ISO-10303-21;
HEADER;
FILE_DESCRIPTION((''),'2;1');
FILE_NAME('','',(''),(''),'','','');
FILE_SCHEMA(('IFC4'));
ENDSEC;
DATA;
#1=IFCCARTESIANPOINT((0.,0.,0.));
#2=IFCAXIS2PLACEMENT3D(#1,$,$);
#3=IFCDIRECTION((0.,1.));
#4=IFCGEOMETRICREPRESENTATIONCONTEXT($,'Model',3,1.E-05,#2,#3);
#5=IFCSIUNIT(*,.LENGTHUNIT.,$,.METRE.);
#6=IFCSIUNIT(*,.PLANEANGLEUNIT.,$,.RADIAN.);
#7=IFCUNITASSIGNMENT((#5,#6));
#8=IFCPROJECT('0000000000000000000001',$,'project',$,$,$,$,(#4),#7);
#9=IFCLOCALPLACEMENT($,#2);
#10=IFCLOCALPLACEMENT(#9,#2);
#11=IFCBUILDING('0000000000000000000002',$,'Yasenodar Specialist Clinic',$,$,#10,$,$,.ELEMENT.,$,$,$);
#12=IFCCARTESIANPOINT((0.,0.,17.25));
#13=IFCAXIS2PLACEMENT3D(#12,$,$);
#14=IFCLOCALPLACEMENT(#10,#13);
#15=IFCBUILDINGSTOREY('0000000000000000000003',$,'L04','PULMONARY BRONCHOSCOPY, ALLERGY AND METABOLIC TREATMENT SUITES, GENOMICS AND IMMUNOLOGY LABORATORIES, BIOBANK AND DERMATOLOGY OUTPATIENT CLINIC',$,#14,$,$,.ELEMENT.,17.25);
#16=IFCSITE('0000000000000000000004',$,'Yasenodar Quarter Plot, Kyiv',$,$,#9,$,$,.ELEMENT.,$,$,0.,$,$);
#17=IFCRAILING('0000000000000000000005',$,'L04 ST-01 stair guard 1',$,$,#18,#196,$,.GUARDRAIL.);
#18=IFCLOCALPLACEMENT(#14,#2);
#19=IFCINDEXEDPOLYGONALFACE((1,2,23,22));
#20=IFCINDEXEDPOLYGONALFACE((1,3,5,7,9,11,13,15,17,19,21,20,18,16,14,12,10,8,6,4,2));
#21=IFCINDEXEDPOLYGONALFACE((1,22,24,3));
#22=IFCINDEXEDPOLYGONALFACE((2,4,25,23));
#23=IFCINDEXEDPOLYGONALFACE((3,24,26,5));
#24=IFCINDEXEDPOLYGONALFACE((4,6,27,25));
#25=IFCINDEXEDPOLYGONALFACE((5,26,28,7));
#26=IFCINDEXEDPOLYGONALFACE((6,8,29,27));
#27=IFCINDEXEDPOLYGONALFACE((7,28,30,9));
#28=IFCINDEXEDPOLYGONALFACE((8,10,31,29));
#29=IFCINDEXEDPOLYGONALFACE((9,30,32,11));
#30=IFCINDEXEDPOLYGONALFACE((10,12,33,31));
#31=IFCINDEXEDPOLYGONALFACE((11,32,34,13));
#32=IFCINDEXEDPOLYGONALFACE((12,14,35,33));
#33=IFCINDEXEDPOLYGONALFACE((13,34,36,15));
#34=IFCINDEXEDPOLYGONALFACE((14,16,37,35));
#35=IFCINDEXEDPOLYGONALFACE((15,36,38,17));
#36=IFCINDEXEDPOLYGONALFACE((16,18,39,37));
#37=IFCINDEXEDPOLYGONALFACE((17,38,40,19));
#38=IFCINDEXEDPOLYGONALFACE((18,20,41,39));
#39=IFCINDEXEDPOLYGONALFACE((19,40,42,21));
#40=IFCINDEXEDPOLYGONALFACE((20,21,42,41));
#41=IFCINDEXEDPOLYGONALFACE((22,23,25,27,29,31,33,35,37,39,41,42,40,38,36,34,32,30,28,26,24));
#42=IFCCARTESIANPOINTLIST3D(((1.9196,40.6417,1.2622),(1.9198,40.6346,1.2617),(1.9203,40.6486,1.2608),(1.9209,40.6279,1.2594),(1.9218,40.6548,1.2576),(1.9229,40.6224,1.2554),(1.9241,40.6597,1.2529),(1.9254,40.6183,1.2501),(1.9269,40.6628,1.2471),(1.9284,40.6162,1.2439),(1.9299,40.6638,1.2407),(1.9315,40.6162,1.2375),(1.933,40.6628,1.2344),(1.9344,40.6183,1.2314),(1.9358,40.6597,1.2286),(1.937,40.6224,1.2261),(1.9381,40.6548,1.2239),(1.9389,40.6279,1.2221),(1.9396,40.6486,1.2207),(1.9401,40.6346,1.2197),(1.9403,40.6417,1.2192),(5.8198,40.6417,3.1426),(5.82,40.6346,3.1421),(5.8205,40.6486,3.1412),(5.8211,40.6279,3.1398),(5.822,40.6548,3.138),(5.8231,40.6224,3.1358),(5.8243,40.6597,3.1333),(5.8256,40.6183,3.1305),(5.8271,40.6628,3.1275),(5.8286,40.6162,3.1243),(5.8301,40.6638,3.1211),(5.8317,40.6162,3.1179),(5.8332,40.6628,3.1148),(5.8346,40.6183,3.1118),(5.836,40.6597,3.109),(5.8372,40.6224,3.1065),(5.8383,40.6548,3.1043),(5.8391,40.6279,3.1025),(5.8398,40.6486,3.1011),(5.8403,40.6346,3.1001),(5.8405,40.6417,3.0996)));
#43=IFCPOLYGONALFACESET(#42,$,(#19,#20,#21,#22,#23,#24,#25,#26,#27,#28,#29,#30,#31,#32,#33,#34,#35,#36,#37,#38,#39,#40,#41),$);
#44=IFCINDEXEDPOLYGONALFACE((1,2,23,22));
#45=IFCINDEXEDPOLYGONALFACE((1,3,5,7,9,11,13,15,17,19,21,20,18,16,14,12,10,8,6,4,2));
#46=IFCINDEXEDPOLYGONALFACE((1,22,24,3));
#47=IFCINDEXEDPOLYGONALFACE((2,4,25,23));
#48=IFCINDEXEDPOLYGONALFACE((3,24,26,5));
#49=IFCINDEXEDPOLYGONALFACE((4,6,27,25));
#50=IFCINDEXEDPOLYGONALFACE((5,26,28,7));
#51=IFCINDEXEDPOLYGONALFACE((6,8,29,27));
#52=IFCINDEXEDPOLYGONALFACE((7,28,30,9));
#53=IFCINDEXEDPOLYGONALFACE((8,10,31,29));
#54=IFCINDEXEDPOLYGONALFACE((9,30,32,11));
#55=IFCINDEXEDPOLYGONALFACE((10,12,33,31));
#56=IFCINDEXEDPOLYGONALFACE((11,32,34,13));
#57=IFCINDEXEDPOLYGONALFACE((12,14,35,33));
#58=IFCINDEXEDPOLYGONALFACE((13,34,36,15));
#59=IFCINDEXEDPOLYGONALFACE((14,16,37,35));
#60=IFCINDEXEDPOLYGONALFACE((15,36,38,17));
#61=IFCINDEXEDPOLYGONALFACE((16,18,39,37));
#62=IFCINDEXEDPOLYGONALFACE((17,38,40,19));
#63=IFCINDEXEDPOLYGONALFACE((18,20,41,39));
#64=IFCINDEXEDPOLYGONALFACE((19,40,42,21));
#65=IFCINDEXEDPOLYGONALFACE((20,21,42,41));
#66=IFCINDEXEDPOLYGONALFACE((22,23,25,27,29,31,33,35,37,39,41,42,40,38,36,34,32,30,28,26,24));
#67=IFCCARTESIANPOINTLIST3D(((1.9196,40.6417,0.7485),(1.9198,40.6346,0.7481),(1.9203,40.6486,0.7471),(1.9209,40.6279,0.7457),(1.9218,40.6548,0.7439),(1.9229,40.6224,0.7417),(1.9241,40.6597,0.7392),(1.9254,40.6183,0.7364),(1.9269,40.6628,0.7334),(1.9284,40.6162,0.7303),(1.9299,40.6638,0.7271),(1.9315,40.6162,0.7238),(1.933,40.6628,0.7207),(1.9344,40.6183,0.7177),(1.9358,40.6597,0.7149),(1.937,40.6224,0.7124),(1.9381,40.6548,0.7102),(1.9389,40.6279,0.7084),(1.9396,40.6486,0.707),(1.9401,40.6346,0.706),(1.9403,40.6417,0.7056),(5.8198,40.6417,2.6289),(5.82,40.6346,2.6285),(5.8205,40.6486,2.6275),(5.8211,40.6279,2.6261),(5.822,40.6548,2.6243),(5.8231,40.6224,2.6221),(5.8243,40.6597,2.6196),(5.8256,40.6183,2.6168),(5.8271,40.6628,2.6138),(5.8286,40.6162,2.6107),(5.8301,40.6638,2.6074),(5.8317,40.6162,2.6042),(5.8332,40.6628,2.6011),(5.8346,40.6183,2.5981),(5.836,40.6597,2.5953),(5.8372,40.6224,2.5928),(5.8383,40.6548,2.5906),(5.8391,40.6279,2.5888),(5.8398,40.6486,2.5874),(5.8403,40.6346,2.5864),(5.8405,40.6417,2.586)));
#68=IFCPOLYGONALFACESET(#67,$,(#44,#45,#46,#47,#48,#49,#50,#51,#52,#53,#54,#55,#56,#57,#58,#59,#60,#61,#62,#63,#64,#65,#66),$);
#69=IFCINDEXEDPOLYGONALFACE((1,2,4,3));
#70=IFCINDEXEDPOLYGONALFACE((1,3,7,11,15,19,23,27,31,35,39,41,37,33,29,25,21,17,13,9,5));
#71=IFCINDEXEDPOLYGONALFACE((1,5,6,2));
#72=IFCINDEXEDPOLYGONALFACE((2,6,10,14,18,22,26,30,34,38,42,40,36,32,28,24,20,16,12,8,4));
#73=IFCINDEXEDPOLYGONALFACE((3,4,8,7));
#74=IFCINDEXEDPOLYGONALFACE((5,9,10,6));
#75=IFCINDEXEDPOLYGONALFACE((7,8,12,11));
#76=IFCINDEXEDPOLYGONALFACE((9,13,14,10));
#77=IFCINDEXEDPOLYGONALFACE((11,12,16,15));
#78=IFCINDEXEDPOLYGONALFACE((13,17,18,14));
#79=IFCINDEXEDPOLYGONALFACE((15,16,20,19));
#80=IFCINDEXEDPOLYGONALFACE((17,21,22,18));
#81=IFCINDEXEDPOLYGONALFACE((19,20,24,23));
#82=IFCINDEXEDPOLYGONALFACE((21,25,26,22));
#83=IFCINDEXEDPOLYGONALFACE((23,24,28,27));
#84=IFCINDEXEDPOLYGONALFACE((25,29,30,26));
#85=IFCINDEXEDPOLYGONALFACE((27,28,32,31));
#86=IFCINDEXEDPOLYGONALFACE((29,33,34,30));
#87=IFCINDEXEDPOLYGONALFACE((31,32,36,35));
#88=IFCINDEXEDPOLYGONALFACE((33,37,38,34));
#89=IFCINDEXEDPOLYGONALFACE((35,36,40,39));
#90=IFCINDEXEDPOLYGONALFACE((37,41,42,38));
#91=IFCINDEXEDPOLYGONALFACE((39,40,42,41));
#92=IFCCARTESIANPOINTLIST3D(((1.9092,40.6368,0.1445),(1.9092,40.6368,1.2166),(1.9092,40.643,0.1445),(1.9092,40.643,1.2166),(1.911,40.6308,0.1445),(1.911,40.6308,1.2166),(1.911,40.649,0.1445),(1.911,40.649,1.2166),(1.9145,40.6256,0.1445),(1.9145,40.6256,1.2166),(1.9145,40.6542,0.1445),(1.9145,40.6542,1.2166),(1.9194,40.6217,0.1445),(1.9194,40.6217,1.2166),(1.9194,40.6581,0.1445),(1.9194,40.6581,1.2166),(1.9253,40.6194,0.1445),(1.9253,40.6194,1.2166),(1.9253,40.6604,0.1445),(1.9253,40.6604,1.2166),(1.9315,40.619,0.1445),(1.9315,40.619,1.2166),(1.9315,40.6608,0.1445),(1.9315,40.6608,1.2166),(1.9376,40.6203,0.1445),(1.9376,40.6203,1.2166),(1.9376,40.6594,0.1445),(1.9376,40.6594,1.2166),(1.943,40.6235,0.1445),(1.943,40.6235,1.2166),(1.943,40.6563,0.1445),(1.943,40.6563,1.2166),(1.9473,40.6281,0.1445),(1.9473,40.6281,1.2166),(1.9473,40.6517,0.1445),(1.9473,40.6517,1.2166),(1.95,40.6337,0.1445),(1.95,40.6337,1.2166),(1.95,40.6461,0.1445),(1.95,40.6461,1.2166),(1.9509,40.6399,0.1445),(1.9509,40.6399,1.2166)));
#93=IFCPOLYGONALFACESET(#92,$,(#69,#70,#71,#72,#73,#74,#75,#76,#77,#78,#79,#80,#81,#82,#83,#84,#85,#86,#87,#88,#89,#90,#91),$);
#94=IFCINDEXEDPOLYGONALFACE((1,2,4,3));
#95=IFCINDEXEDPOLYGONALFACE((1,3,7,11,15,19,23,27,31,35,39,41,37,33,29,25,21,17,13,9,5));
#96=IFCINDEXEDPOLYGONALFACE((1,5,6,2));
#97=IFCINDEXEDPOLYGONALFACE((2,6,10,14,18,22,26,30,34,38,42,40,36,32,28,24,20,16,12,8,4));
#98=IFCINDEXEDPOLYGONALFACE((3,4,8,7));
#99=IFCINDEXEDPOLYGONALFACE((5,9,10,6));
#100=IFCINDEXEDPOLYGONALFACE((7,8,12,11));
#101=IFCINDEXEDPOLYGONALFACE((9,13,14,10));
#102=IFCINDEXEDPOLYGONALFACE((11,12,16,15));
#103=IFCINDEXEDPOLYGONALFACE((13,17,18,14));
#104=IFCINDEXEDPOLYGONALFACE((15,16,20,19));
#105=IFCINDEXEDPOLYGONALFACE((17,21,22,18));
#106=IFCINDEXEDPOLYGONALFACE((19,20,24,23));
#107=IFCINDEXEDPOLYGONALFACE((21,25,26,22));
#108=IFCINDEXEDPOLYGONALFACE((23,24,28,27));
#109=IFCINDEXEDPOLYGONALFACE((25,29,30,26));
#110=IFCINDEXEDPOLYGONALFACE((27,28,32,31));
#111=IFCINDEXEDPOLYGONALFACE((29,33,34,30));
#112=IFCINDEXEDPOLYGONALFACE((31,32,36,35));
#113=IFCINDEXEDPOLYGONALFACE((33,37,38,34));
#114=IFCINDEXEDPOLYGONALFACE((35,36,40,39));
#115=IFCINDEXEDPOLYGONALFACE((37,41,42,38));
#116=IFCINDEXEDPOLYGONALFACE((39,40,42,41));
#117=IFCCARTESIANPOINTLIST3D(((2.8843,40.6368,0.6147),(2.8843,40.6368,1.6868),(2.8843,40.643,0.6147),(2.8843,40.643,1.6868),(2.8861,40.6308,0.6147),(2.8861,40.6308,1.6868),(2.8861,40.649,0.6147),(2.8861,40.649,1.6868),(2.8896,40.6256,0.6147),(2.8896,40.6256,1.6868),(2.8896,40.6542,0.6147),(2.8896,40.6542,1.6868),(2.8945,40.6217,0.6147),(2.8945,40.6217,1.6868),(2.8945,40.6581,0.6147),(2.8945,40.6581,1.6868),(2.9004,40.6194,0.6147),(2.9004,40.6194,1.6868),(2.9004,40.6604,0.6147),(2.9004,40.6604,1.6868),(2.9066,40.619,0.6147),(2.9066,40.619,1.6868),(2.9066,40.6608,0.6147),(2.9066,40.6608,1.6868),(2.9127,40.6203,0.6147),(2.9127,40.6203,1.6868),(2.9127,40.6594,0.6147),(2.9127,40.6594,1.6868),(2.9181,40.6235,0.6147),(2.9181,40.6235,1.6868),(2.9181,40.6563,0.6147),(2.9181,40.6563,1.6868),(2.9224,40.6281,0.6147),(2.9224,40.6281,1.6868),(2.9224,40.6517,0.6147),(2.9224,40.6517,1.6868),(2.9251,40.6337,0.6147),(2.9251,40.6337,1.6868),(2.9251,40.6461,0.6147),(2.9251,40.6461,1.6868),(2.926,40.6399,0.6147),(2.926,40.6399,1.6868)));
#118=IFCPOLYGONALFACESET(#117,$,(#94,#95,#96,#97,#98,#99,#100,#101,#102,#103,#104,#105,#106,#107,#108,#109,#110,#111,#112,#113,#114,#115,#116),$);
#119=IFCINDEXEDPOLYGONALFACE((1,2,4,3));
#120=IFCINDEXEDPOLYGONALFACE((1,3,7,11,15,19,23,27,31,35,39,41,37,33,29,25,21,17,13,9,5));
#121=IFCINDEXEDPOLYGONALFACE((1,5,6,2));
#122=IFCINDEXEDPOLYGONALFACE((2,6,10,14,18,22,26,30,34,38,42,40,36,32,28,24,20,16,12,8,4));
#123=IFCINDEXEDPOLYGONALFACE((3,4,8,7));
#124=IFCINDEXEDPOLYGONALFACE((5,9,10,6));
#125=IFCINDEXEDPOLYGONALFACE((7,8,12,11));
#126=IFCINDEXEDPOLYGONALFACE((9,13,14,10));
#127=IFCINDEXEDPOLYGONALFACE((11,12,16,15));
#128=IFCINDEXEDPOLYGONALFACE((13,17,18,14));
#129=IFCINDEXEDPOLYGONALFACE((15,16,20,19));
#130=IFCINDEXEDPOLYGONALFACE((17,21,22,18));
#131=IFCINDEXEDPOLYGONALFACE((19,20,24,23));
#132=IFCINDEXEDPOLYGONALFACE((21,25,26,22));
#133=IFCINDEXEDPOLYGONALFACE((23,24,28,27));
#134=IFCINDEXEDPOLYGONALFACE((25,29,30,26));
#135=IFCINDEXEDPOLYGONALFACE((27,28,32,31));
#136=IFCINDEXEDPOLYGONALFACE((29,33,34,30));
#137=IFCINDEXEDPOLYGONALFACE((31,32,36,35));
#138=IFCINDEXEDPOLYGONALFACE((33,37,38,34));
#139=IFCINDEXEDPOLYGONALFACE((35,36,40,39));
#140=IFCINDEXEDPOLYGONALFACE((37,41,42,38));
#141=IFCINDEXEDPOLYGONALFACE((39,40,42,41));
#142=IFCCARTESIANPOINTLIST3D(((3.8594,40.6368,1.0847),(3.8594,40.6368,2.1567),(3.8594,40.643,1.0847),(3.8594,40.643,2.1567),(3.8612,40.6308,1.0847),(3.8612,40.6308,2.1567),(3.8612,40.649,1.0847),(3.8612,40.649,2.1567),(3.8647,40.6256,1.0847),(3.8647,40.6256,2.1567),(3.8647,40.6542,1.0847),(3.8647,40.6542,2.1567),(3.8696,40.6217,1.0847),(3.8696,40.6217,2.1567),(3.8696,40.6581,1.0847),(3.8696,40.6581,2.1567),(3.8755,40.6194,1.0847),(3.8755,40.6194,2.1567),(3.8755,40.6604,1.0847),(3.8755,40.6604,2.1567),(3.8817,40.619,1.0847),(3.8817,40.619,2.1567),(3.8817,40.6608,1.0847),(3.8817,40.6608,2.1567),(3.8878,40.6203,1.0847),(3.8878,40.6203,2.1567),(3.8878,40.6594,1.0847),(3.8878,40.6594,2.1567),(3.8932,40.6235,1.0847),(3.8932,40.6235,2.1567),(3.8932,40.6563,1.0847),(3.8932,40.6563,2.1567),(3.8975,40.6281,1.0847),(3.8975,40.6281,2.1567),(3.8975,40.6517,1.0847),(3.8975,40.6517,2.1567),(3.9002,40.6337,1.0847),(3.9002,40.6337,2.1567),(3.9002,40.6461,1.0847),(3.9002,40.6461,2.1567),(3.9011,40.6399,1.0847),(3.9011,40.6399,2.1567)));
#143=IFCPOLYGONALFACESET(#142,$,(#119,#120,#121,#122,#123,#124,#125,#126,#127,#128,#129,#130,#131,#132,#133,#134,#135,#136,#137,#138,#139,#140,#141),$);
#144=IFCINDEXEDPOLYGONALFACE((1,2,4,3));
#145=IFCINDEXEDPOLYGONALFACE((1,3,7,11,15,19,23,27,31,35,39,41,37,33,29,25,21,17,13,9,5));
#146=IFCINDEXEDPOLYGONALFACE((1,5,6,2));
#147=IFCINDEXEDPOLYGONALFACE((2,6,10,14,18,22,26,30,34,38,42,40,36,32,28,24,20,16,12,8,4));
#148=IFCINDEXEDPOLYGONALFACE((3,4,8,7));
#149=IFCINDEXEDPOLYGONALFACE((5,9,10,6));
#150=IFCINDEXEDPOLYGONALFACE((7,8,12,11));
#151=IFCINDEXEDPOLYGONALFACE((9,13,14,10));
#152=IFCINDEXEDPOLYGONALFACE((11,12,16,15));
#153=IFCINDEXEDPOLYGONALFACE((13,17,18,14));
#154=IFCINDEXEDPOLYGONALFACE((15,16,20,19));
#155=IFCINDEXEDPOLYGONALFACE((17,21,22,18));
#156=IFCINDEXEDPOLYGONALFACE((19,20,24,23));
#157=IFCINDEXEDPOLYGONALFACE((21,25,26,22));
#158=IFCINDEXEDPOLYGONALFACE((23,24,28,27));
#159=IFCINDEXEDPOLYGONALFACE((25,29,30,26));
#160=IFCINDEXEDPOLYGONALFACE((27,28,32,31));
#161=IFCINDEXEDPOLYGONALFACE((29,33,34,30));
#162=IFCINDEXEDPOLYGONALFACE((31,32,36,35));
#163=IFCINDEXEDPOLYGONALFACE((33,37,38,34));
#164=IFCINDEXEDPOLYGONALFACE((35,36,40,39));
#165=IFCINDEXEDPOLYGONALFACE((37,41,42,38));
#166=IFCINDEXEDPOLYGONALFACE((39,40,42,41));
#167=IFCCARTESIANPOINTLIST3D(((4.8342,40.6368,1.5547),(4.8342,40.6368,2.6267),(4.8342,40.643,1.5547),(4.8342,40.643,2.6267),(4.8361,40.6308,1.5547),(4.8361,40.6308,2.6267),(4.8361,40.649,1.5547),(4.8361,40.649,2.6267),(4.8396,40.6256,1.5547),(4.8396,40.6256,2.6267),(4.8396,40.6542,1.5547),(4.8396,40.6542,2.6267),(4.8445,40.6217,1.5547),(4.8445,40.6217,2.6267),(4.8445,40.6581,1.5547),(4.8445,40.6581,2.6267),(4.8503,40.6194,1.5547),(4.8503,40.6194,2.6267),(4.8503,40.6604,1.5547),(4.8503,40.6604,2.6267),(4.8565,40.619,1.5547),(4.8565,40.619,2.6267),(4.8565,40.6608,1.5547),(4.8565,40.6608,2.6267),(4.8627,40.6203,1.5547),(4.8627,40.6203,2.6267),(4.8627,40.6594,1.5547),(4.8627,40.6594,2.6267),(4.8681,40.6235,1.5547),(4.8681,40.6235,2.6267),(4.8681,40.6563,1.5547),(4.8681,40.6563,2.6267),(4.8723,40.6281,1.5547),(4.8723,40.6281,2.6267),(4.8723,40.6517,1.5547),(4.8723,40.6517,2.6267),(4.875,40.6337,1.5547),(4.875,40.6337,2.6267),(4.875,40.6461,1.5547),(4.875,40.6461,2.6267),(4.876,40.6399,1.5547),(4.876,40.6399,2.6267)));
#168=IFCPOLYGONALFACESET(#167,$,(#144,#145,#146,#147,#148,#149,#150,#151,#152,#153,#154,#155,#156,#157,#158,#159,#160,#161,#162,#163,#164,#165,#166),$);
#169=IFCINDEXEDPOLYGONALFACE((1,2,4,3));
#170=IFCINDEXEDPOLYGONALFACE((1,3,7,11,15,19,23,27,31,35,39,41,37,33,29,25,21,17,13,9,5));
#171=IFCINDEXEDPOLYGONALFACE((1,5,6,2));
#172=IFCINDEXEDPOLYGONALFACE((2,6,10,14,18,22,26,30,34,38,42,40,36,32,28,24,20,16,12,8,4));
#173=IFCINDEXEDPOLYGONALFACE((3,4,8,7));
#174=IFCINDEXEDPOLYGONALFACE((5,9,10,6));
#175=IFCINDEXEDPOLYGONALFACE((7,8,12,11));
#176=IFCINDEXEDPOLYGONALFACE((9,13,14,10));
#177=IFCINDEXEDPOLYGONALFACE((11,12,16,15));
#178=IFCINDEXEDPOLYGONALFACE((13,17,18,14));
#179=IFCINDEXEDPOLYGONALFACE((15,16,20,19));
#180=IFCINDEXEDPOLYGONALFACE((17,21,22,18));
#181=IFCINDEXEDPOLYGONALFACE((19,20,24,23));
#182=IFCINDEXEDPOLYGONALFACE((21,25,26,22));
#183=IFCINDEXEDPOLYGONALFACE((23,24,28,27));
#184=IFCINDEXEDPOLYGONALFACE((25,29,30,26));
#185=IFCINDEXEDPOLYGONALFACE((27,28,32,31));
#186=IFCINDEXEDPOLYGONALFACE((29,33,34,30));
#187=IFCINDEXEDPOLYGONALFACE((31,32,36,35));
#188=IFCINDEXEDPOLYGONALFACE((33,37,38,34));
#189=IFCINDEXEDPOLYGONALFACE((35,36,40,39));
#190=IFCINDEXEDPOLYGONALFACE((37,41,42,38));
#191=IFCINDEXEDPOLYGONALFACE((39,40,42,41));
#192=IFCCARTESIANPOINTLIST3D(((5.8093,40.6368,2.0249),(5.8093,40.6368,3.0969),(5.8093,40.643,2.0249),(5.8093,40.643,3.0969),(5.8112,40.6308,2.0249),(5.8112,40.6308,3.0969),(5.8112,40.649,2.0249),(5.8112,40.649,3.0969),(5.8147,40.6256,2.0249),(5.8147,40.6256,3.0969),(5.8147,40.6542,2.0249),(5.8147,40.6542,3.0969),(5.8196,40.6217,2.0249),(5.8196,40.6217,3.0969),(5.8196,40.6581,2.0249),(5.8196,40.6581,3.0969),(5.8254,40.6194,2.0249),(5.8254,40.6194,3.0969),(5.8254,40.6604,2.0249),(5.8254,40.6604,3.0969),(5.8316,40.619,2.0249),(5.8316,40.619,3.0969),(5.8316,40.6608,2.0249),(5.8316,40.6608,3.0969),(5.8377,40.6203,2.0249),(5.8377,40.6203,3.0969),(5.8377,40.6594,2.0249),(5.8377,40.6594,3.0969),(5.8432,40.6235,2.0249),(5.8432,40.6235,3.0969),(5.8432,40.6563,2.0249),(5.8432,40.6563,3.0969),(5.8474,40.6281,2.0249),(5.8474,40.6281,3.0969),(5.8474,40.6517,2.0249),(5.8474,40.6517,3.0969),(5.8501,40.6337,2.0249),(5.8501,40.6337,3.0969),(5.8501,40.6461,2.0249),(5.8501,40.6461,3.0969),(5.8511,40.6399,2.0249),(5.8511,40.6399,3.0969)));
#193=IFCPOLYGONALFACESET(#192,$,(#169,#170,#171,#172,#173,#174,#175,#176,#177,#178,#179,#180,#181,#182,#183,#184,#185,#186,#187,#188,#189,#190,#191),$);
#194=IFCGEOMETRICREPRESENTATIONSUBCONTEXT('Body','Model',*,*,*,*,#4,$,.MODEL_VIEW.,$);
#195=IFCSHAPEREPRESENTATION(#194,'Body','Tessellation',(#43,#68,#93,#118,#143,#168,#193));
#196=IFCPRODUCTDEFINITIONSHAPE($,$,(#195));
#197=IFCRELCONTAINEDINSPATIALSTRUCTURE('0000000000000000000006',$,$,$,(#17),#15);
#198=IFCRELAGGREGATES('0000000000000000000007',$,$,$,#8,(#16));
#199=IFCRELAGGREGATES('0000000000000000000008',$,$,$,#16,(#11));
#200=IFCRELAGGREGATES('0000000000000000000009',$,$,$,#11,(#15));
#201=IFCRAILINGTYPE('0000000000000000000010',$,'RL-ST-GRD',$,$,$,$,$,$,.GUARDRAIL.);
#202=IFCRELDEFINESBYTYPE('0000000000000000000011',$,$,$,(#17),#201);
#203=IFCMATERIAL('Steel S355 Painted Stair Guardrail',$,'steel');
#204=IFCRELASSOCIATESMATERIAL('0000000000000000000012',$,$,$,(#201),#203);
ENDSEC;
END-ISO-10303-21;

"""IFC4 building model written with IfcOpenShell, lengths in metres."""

from ifc_helpers import new_model, si_unit, direction, frame, origin, origin_2d, place, context, subcontext, project, spatial, circle, extrude, material, type_object, element, save


model = new_model("IFC4")

# Units and contexts
model_context = context("Model", 3, precision=1e-05, world=origin(), true_north=direction((0.0, 1.0)))
body_context = subcontext(model_context, "Body", "Model", "MODEL_VIEW")
ifc_project = project(units=[si_unit("LENGTHUNIT", "METRE"), si_unit("PLANEANGLEUNIT", "RADIAN")], contexts=[model_context])

# Site, building, storey
site_placement = place(None, origin())
site = spatial("IfcSite", under=ifc_project, at=site_placement, Name="Yasenodar Quarter Plot, Kyiv", CompositionType="ELEMENT", RefElevation=0.0)
building_placement = place(site_placement, origin())
building = spatial("IfcBuilding", under=site, at=building_placement, Name="Yasenodar Specialist Clinic", CompositionType="ELEMENT")
storey_placement = place(building_placement, frame((0.0, 0.0, 17.25)))
storey = spatial("IfcBuildingStorey", under=building, at=storey_placement, Name="L04", Description="PULMONARY BRONCHOSCOPY, ALLERGY AND METABOLIC TREATMENT SUITES, GENOMICS AND IMMUNOLOGY LABORATORIES, BIOBANK AND DERMATOLOGY OUTPATIENT CLINIC", CompositionType="ELEMENT", Elevation=17.25)

# Railing
ifc_material_1 = material(Name="Steel S355 Painted Stair Guardrail", Category="steel")
railing_type_1 = type_object("IfcRailingType", Name="RL-ST-GRD", PredefinedType="GUARDRAIL", material=ifc_material_1)
railing_1_placement = place(storey_placement, frame((1.9299, 40.6399, 0.1445)))
element("IfcRailing", 1, at=railing_1_placement, inside=storey, type_object=railing_type_1, Name="L04 ST-01 stair guard 1", PredefinedType="GUARDRAIL", context=body_context, shape_type="SweptSolid", body=[
    extrude(circle(Radius=0.0239, at=origin_2d()), frame((0.0, 0.0, 1.0962), z_axis=(0.900774, 0.0, 0.434289), x_axis=(0.0, 1.0, 0.0)), (0.0, 0.0, 1.0), 4.3298),
    extrude(circle(Radius=0.0239, at=origin_2d()), frame((0.0, 0.0, 0.5825), z_axis=(0.900774, 0.0, 0.434289), x_axis=(0.0, 1.0, 0.0)), (0.0, 0.0, 1.0), 4.3298),
    extrude(circle(Radius=0.021, at=origin_2d()), origin(), (0.0, 0.0, 1.0), 1.072),
    extrude(circle(Radius=0.021, at=origin_2d()), frame((0.9751, 0.0, 0.4702)), (0.0, 0.0, 1.0), 1.072),
    extrude(circle(Radius=0.021, at=origin_2d()), frame((1.9502, 0.0, 0.9402)), (0.0, 0.0, 1.0), 1.072),
    extrude(circle(Radius=0.021, at=origin_2d()), frame((2.925, 0.0, 1.4102)), (0.0, 0.0, 1.0), 1.072),
    extrude(circle(Radius=0.021, at=origin_2d()), frame((3.9001, 0.0, 1.8804)), (0.0, 0.0, 1.0), 1.072),
])

save(model, "model.ifc")
